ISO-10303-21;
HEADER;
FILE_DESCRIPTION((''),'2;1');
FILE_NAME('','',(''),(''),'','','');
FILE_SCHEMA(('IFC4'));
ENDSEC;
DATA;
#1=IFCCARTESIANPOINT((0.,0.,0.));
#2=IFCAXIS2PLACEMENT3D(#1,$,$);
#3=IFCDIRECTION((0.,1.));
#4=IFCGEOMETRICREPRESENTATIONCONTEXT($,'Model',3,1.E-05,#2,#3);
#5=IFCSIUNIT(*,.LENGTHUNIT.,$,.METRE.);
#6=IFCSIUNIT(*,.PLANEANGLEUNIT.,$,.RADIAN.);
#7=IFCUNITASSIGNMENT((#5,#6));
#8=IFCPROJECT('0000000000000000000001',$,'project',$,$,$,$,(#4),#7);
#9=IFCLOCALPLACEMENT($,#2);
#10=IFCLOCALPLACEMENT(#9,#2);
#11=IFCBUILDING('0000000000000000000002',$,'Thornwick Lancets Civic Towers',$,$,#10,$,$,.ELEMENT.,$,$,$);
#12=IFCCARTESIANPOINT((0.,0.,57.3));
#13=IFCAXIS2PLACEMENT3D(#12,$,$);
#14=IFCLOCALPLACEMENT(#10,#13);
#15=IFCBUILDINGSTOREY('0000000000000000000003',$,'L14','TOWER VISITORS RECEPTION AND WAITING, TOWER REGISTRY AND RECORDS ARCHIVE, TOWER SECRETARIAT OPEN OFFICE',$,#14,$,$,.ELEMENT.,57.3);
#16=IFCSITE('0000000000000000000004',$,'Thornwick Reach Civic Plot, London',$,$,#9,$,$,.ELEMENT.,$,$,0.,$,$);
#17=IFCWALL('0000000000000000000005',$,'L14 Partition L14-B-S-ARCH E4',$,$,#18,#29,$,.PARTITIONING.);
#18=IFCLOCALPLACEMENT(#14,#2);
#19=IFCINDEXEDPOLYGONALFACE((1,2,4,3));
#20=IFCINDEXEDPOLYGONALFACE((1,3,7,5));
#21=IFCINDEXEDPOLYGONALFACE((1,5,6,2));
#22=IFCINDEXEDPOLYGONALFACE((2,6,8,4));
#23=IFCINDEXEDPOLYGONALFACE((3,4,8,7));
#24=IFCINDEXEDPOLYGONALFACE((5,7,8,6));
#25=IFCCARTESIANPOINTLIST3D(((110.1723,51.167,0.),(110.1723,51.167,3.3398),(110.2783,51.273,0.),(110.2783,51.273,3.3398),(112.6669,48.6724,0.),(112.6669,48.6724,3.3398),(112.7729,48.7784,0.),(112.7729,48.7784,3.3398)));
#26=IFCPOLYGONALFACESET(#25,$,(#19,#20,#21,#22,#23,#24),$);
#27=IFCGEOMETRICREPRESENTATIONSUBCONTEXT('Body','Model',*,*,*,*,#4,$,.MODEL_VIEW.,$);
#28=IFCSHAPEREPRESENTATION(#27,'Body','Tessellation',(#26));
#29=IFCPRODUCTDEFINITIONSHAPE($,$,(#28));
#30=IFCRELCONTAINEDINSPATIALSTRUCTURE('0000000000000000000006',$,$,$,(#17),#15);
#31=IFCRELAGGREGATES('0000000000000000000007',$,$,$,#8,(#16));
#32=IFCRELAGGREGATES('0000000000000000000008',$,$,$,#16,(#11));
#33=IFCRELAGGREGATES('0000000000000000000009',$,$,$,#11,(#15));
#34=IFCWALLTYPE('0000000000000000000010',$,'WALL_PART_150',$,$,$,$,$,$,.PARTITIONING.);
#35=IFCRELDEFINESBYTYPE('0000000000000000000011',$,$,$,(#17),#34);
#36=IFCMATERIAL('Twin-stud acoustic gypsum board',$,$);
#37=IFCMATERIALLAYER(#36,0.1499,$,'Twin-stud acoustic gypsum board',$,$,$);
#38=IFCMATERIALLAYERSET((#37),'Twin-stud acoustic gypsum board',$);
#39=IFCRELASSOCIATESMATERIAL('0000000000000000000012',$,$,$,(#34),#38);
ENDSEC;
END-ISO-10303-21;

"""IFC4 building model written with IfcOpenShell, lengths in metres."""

from ifc_helpers import new_model, si_unit, direction, frame, frame_2d, origin, place, context, subcontext, project, spatial, rectangle, extrude, material, layer, layer_set, type_object, element, save


model = new_model("IFC4")

# Units and contexts
model_context = context("Model", 3, precision=1e-05, world=origin(), true_north=direction((0.0, 1.0)))
body_context = subcontext(model_context, "Body", "Model", "MODEL_VIEW")
ifc_project = project(units=[si_unit("LENGTHUNIT", "METRE"), si_unit("PLANEANGLEUNIT", "RADIAN")], contexts=[model_context])

# Site, building, storey
site_placement = place(None, origin())
site = spatial("IfcSite", under=ifc_project, at=site_placement, Name="Thornwick Reach Civic Plot, London", CompositionType="ELEMENT", RefElevation=0.0)
building_placement = place(site_placement, origin())
building = spatial("IfcBuilding", under=site, at=building_placement, Name="Thornwick Lancets Civic Towers", CompositionType="ELEMENT")
storey_placement = place(building_placement, frame((0.0, 0.0, 57.3)))
storey = spatial("IfcBuildingStorey", under=building, at=storey_placement, Name="L14", Description="TOWER VISITORS RECEPTION AND WAITING, TOWER REGISTRY AND RECORDS ARCHIVE, TOWER SECRETARIAT OPEN OFFICE", CompositionType="ELEMENT", Elevation=57.3)

# Wall
ifc_material_1 = material(Name="Twin-stud acoustic gypsum board")
ifc_layer_1 = layer(ifc_material_1, 0.1499, Name="Twin-stud acoustic gypsum board")
ifc_layer_set_1 = layer_set([ifc_layer_1], Name="Twin-stud acoustic gypsum board")
wall_type_1 = type_object("IfcWallType", Name="WALL_PART_150", PredefinedType="PARTITIONING", material=ifc_layer_set_1)
wall_1_placement = place(storey_placement, frame((110.2253, 51.22, 0.0), z_axis=(0.0, 0.0, 1.0), x_axis=(0.707107, -0.707107, 0.0)))
element("IfcWall", 1, at=wall_1_placement, inside=storey, type_object=wall_type_1, Name="L14 Partition L14-B-S-ARCH E4", PredefinedType="PARTITIONING", context=body_context, shape_type="SweptSolid", body=[
    extrude(rectangle(XDim=3.5278, YDim=0.1499, at=frame_2d((1.7639, 0.0))), origin(), (0.0, 0.0, 1.0), 3.3398),
])

save(model, "model.ifc")
